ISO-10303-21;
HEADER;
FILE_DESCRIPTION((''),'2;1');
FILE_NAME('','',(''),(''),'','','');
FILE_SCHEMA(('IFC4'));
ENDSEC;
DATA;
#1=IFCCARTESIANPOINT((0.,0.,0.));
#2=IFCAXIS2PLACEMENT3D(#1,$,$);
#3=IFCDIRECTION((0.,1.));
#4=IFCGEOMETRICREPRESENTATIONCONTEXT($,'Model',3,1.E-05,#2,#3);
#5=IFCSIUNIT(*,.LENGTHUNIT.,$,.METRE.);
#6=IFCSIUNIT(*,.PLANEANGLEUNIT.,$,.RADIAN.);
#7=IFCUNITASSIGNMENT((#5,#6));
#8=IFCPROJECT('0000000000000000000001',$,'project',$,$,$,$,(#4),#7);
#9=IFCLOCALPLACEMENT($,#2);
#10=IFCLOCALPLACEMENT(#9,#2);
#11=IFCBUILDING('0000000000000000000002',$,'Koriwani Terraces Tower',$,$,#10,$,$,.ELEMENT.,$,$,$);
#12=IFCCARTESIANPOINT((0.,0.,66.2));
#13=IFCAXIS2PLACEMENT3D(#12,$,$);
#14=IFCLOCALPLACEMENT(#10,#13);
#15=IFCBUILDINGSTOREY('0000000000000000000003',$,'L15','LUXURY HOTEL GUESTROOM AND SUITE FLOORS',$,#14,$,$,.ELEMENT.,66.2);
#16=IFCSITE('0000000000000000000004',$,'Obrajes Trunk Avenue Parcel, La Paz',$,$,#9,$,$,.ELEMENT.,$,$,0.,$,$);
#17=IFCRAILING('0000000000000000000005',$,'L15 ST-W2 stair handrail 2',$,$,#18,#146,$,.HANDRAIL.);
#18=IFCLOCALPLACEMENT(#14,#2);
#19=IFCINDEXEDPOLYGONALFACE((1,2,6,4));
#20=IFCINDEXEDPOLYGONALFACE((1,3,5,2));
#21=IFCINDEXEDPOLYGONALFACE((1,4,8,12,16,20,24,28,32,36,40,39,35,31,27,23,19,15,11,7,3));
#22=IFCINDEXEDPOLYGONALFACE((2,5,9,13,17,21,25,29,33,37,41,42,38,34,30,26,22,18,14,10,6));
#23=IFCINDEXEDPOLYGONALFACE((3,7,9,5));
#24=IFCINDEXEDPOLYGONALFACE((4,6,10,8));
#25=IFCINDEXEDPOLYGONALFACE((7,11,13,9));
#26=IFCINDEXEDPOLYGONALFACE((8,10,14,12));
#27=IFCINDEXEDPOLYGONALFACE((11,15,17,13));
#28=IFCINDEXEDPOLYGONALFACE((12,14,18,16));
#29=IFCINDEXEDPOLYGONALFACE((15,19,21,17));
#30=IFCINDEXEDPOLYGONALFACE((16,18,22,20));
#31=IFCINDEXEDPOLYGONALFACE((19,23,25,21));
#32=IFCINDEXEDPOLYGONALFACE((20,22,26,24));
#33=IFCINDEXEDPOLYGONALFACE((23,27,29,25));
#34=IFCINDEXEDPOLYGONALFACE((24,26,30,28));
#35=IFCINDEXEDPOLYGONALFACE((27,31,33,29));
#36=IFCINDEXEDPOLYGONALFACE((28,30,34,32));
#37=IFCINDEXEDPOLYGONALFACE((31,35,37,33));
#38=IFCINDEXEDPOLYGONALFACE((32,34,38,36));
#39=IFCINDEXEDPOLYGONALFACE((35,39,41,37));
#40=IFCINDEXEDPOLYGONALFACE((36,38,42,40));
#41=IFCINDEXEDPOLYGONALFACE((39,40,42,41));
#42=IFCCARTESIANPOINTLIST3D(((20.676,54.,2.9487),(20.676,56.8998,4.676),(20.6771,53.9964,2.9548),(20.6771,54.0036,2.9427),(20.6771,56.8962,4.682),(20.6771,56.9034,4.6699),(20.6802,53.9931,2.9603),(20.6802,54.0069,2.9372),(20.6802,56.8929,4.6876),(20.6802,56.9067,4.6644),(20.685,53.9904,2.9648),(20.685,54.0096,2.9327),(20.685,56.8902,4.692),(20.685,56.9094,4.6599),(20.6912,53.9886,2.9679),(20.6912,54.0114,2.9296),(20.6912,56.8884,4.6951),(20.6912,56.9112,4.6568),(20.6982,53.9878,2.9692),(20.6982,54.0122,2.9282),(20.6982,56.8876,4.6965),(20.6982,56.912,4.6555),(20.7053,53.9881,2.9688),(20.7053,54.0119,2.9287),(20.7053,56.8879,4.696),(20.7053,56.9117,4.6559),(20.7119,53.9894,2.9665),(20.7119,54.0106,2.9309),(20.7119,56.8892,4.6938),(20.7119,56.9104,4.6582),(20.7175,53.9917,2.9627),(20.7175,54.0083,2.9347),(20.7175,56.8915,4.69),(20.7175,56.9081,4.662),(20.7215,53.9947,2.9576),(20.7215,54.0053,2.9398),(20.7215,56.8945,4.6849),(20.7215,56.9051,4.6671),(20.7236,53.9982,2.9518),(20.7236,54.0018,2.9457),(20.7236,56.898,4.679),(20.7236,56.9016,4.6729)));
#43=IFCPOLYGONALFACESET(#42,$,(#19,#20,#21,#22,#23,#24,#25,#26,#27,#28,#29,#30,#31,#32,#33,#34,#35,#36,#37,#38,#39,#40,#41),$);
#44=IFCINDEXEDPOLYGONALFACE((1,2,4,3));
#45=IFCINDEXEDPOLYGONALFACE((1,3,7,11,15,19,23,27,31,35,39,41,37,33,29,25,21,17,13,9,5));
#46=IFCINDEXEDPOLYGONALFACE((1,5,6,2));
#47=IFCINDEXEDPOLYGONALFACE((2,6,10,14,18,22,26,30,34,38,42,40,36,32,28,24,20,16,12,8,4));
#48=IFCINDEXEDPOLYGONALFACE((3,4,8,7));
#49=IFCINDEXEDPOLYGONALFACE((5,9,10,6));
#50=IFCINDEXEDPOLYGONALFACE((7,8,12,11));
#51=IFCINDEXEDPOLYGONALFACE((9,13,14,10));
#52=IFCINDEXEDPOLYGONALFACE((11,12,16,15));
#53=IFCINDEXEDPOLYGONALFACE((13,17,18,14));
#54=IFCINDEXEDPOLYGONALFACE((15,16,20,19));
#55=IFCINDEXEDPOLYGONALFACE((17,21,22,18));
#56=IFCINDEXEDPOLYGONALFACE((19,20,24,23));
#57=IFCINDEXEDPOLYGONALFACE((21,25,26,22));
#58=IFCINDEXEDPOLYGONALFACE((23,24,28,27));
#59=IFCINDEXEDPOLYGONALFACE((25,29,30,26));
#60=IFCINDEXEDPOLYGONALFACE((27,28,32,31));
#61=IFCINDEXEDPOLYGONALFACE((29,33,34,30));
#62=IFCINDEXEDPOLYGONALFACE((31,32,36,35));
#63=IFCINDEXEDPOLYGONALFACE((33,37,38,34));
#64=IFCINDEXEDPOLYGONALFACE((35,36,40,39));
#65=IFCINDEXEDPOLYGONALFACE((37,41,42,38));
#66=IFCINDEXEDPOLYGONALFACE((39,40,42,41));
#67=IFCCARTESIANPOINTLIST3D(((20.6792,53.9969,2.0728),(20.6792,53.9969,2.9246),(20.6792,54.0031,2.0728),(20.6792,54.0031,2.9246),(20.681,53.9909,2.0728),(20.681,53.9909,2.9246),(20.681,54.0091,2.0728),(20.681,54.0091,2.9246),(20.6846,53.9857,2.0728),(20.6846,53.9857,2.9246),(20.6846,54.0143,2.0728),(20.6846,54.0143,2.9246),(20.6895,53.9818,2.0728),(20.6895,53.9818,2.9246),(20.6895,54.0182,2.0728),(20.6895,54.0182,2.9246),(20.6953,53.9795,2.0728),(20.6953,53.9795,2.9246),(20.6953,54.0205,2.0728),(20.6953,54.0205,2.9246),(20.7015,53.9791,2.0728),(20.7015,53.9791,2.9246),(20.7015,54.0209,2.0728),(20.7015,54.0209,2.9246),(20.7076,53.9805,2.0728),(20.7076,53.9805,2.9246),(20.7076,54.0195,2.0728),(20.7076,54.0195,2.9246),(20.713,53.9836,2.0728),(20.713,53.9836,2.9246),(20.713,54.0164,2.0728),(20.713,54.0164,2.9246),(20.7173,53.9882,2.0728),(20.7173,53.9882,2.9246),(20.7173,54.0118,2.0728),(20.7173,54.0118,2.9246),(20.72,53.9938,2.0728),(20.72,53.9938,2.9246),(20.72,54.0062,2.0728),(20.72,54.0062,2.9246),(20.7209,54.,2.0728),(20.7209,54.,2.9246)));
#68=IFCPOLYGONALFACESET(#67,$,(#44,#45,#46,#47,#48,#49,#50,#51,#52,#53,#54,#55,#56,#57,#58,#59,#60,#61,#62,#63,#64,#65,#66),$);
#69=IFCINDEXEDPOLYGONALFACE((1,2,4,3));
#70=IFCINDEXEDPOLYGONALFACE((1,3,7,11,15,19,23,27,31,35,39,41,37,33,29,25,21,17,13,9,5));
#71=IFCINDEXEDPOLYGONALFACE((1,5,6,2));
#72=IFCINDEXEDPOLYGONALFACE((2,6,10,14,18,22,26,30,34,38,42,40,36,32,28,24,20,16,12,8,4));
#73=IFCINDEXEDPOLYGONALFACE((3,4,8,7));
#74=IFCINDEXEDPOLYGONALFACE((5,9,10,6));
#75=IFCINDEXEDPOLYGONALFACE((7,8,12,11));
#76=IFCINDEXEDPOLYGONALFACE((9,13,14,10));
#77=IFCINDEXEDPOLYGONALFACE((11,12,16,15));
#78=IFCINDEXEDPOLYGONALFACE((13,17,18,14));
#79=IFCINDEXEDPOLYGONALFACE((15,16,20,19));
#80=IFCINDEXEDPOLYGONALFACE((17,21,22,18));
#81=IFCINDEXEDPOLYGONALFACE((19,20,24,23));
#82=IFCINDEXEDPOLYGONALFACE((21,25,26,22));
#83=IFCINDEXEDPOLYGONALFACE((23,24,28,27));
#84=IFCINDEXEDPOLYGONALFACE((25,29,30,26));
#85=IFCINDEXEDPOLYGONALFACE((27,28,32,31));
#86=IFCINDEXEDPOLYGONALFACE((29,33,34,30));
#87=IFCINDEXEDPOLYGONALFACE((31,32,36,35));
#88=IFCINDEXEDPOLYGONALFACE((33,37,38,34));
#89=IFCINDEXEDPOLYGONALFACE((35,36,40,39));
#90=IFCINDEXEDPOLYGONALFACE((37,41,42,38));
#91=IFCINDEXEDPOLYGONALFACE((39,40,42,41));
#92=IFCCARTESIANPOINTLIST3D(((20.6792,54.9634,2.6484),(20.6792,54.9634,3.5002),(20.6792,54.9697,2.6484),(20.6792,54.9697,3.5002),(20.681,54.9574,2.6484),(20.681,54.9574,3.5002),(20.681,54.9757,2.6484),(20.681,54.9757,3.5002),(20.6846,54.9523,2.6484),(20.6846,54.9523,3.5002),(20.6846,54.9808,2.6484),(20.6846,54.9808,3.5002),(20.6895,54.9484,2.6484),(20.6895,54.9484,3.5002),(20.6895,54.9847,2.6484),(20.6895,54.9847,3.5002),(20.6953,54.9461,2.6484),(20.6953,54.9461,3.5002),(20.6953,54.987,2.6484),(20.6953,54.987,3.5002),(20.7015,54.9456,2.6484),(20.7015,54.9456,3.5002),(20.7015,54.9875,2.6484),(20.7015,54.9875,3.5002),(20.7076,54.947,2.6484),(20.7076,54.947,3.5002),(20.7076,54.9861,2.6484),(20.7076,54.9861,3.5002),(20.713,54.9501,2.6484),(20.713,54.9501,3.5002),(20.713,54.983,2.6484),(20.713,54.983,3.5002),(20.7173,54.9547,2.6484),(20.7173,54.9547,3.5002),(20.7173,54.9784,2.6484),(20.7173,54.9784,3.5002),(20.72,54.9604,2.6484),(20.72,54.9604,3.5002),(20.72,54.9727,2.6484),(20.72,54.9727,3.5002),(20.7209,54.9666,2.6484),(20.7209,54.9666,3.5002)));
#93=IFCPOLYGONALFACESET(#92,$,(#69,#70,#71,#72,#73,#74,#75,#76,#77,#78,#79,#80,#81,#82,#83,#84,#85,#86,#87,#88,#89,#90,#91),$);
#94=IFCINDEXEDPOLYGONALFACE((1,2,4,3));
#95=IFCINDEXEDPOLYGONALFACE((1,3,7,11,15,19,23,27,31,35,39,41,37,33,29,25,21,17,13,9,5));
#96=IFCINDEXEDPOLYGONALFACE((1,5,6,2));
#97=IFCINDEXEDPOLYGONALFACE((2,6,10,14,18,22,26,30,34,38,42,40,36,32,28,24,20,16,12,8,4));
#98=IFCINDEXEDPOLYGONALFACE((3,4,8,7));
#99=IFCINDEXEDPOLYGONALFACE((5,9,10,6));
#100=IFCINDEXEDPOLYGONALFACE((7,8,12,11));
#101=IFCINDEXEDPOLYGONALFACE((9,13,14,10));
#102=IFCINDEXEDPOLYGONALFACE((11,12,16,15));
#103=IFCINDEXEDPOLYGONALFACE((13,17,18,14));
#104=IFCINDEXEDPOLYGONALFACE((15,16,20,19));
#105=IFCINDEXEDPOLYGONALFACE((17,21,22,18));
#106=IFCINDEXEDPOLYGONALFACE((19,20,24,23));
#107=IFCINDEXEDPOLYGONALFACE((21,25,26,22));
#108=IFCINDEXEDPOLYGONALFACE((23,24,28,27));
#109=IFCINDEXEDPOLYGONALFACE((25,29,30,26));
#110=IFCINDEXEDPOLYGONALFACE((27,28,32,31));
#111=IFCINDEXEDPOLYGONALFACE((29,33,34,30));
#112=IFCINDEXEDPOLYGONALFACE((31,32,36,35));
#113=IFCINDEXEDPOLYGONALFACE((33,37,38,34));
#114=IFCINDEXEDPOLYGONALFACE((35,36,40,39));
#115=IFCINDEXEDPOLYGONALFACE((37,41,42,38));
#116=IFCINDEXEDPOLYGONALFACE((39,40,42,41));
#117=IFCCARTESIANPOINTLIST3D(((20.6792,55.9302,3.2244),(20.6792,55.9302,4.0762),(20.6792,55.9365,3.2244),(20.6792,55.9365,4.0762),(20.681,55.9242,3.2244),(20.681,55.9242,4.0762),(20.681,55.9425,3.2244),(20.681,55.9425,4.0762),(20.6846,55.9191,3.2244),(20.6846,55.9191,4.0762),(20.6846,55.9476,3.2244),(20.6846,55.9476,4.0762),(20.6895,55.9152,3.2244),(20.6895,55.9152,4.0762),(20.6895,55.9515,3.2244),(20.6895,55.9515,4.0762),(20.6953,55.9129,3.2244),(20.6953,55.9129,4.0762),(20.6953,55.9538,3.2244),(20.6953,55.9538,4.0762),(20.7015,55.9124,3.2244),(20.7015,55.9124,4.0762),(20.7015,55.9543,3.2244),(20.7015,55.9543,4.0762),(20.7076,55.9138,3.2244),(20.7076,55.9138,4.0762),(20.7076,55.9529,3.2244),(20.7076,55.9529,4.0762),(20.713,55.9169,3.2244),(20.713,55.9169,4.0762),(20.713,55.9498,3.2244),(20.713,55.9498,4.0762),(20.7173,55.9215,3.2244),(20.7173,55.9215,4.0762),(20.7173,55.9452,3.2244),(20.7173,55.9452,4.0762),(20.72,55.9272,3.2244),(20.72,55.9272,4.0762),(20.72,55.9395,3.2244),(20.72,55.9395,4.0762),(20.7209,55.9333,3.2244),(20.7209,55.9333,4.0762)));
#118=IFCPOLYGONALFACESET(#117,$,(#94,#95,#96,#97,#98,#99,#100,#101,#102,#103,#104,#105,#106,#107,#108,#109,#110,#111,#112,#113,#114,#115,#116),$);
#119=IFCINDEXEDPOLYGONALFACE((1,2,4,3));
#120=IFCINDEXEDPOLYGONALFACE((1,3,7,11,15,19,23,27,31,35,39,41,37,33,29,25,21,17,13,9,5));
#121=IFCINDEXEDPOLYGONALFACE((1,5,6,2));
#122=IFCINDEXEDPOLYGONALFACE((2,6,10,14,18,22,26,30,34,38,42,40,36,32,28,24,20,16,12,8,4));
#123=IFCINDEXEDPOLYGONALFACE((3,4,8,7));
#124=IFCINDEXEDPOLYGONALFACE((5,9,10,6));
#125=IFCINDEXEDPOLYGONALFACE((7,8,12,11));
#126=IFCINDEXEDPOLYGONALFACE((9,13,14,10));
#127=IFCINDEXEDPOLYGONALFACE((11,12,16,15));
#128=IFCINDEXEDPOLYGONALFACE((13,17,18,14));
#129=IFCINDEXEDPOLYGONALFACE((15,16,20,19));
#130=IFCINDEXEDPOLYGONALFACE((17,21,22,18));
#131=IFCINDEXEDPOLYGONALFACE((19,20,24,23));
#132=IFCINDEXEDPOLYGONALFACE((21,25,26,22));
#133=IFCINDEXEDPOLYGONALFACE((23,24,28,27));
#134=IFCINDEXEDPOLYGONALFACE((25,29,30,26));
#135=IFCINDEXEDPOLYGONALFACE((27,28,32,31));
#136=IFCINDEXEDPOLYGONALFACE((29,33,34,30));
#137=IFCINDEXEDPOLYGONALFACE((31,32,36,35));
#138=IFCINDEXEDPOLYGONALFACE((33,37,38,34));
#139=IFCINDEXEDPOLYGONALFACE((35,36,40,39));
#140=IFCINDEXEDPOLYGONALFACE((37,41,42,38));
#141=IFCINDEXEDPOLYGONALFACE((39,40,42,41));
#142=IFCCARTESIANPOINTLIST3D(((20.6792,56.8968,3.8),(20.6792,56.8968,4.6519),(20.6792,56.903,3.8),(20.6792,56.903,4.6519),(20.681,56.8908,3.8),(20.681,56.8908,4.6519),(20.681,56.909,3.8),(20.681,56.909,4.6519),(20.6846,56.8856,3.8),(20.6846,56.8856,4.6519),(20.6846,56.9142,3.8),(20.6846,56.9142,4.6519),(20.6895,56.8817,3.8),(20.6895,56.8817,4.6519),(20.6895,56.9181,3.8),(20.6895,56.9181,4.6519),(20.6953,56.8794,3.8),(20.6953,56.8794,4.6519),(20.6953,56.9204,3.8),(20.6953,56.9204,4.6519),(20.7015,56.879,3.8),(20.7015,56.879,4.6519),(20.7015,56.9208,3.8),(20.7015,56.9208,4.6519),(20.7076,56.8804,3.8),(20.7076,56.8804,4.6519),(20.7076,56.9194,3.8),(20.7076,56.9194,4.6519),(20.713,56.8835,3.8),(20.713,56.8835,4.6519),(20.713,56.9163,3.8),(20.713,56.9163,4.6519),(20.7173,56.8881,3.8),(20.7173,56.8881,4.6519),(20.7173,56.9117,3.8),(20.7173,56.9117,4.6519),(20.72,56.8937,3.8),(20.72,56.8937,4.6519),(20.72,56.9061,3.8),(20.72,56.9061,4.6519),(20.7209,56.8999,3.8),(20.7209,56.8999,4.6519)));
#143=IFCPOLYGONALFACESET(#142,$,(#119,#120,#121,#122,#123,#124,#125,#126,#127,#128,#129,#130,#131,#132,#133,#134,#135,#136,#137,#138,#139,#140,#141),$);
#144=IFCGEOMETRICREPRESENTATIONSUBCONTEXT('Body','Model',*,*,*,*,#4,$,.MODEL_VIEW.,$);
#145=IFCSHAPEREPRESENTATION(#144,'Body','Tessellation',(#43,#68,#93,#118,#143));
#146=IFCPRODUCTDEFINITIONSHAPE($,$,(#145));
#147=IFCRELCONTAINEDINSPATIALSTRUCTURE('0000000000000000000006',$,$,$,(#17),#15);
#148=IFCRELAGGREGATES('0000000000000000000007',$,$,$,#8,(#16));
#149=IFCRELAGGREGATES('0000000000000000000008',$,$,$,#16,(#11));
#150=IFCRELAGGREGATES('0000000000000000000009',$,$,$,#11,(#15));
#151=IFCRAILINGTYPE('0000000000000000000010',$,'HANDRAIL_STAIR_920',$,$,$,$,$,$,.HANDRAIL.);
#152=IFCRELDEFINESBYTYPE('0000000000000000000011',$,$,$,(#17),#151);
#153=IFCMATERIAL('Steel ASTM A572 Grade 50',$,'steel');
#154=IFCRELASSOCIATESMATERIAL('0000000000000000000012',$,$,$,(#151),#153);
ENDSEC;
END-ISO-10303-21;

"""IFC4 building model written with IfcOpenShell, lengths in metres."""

from ifc_helpers import new_model, si_unit, direction, frame, origin, origin_2d, place, context, subcontext, project, spatial, circle, extrude, material, type_object, element, save


model = new_model("IFC4")

# Units and contexts
model_context = context("Model", 3, precision=1e-05, world=origin(), true_north=direction((0.0, 1.0)))
body_context = subcontext(model_context, "Body", "Model", "MODEL_VIEW")
ifc_project = project(units=[si_unit("LENGTHUNIT", "METRE"), si_unit("PLANEANGLEUNIT", "RADIAN")], contexts=[model_context])

# Site, building, storey
site_placement = place(None, origin())
site = spatial("IfcSite", under=ifc_project, at=site_placement, Name="Obrajes Trunk Avenue Parcel, La Paz", CompositionType="ELEMENT", RefElevation=0.0)
building_placement = place(site_placement, origin())
building = spatial("IfcBuilding", under=site, at=building_placement, Name="Koriwani Terraces Tower", CompositionType="ELEMENT")
storey_placement = place(building_placement, frame((0.0, 0.0, 66.2)))
storey = spatial("IfcBuildingStorey", under=building, at=storey_placement, Name="L15", Description="LUXURY HOTEL GUESTROOM AND SUITE FLOORS", CompositionType="ELEMENT", Elevation=66.2)

# Shared definitions
ifc_material_1 = material(Name="Steel ASTM A572 Grade 50", Category="steel")

# Railing
railing_type_1 = type_object("IfcRailingType", Name="HANDRAIL_STAIR_920", PredefinedType="HANDRAIL", material=ifc_material_1)
railing_1_placement = place(storey_placement, frame((20.7, 54.0, 2.0728)))
element("IfcRailing", 1, at=railing_1_placement, inside=storey, type_object=railing_type_1, Name="L15 ST-W2 stair handrail 2", PredefinedType="HANDRAIL", context=body_context, shape_type="SweptSolid", body=[
    extrude(circle(Radius=0.0239, at=origin_2d()), frame((0.0, 0.0, 0.876), z_axis=(0.0, 0.859141, 0.511738), x_axis=(-1.0, 0.0, 0.0)), (0.0, 0.0, 1.0), 3.3752),
    extrude(circle(Radius=0.021, at=origin_2d()), origin(), (0.0, 0.0, 1.0), 0.8518),
    extrude(circle(Radius=0.021, at=origin_2d()), frame((0.0, 0.9666, 0.5757)), (0.0, 0.0, 1.0), 0.8518),
    extrude(circle(Radius=0.021, at=origin_2d()), frame((0.0, 1.9333, 1.1516)), (0.0, 0.0, 1.0), 0.8518),
    extrude(circle(Radius=0.021, at=origin_2d()), frame((0.0, 2.8999, 1.7273)), (0.0, 0.0, 1.0), 0.8518),
])

save(model, "model.ifc")
